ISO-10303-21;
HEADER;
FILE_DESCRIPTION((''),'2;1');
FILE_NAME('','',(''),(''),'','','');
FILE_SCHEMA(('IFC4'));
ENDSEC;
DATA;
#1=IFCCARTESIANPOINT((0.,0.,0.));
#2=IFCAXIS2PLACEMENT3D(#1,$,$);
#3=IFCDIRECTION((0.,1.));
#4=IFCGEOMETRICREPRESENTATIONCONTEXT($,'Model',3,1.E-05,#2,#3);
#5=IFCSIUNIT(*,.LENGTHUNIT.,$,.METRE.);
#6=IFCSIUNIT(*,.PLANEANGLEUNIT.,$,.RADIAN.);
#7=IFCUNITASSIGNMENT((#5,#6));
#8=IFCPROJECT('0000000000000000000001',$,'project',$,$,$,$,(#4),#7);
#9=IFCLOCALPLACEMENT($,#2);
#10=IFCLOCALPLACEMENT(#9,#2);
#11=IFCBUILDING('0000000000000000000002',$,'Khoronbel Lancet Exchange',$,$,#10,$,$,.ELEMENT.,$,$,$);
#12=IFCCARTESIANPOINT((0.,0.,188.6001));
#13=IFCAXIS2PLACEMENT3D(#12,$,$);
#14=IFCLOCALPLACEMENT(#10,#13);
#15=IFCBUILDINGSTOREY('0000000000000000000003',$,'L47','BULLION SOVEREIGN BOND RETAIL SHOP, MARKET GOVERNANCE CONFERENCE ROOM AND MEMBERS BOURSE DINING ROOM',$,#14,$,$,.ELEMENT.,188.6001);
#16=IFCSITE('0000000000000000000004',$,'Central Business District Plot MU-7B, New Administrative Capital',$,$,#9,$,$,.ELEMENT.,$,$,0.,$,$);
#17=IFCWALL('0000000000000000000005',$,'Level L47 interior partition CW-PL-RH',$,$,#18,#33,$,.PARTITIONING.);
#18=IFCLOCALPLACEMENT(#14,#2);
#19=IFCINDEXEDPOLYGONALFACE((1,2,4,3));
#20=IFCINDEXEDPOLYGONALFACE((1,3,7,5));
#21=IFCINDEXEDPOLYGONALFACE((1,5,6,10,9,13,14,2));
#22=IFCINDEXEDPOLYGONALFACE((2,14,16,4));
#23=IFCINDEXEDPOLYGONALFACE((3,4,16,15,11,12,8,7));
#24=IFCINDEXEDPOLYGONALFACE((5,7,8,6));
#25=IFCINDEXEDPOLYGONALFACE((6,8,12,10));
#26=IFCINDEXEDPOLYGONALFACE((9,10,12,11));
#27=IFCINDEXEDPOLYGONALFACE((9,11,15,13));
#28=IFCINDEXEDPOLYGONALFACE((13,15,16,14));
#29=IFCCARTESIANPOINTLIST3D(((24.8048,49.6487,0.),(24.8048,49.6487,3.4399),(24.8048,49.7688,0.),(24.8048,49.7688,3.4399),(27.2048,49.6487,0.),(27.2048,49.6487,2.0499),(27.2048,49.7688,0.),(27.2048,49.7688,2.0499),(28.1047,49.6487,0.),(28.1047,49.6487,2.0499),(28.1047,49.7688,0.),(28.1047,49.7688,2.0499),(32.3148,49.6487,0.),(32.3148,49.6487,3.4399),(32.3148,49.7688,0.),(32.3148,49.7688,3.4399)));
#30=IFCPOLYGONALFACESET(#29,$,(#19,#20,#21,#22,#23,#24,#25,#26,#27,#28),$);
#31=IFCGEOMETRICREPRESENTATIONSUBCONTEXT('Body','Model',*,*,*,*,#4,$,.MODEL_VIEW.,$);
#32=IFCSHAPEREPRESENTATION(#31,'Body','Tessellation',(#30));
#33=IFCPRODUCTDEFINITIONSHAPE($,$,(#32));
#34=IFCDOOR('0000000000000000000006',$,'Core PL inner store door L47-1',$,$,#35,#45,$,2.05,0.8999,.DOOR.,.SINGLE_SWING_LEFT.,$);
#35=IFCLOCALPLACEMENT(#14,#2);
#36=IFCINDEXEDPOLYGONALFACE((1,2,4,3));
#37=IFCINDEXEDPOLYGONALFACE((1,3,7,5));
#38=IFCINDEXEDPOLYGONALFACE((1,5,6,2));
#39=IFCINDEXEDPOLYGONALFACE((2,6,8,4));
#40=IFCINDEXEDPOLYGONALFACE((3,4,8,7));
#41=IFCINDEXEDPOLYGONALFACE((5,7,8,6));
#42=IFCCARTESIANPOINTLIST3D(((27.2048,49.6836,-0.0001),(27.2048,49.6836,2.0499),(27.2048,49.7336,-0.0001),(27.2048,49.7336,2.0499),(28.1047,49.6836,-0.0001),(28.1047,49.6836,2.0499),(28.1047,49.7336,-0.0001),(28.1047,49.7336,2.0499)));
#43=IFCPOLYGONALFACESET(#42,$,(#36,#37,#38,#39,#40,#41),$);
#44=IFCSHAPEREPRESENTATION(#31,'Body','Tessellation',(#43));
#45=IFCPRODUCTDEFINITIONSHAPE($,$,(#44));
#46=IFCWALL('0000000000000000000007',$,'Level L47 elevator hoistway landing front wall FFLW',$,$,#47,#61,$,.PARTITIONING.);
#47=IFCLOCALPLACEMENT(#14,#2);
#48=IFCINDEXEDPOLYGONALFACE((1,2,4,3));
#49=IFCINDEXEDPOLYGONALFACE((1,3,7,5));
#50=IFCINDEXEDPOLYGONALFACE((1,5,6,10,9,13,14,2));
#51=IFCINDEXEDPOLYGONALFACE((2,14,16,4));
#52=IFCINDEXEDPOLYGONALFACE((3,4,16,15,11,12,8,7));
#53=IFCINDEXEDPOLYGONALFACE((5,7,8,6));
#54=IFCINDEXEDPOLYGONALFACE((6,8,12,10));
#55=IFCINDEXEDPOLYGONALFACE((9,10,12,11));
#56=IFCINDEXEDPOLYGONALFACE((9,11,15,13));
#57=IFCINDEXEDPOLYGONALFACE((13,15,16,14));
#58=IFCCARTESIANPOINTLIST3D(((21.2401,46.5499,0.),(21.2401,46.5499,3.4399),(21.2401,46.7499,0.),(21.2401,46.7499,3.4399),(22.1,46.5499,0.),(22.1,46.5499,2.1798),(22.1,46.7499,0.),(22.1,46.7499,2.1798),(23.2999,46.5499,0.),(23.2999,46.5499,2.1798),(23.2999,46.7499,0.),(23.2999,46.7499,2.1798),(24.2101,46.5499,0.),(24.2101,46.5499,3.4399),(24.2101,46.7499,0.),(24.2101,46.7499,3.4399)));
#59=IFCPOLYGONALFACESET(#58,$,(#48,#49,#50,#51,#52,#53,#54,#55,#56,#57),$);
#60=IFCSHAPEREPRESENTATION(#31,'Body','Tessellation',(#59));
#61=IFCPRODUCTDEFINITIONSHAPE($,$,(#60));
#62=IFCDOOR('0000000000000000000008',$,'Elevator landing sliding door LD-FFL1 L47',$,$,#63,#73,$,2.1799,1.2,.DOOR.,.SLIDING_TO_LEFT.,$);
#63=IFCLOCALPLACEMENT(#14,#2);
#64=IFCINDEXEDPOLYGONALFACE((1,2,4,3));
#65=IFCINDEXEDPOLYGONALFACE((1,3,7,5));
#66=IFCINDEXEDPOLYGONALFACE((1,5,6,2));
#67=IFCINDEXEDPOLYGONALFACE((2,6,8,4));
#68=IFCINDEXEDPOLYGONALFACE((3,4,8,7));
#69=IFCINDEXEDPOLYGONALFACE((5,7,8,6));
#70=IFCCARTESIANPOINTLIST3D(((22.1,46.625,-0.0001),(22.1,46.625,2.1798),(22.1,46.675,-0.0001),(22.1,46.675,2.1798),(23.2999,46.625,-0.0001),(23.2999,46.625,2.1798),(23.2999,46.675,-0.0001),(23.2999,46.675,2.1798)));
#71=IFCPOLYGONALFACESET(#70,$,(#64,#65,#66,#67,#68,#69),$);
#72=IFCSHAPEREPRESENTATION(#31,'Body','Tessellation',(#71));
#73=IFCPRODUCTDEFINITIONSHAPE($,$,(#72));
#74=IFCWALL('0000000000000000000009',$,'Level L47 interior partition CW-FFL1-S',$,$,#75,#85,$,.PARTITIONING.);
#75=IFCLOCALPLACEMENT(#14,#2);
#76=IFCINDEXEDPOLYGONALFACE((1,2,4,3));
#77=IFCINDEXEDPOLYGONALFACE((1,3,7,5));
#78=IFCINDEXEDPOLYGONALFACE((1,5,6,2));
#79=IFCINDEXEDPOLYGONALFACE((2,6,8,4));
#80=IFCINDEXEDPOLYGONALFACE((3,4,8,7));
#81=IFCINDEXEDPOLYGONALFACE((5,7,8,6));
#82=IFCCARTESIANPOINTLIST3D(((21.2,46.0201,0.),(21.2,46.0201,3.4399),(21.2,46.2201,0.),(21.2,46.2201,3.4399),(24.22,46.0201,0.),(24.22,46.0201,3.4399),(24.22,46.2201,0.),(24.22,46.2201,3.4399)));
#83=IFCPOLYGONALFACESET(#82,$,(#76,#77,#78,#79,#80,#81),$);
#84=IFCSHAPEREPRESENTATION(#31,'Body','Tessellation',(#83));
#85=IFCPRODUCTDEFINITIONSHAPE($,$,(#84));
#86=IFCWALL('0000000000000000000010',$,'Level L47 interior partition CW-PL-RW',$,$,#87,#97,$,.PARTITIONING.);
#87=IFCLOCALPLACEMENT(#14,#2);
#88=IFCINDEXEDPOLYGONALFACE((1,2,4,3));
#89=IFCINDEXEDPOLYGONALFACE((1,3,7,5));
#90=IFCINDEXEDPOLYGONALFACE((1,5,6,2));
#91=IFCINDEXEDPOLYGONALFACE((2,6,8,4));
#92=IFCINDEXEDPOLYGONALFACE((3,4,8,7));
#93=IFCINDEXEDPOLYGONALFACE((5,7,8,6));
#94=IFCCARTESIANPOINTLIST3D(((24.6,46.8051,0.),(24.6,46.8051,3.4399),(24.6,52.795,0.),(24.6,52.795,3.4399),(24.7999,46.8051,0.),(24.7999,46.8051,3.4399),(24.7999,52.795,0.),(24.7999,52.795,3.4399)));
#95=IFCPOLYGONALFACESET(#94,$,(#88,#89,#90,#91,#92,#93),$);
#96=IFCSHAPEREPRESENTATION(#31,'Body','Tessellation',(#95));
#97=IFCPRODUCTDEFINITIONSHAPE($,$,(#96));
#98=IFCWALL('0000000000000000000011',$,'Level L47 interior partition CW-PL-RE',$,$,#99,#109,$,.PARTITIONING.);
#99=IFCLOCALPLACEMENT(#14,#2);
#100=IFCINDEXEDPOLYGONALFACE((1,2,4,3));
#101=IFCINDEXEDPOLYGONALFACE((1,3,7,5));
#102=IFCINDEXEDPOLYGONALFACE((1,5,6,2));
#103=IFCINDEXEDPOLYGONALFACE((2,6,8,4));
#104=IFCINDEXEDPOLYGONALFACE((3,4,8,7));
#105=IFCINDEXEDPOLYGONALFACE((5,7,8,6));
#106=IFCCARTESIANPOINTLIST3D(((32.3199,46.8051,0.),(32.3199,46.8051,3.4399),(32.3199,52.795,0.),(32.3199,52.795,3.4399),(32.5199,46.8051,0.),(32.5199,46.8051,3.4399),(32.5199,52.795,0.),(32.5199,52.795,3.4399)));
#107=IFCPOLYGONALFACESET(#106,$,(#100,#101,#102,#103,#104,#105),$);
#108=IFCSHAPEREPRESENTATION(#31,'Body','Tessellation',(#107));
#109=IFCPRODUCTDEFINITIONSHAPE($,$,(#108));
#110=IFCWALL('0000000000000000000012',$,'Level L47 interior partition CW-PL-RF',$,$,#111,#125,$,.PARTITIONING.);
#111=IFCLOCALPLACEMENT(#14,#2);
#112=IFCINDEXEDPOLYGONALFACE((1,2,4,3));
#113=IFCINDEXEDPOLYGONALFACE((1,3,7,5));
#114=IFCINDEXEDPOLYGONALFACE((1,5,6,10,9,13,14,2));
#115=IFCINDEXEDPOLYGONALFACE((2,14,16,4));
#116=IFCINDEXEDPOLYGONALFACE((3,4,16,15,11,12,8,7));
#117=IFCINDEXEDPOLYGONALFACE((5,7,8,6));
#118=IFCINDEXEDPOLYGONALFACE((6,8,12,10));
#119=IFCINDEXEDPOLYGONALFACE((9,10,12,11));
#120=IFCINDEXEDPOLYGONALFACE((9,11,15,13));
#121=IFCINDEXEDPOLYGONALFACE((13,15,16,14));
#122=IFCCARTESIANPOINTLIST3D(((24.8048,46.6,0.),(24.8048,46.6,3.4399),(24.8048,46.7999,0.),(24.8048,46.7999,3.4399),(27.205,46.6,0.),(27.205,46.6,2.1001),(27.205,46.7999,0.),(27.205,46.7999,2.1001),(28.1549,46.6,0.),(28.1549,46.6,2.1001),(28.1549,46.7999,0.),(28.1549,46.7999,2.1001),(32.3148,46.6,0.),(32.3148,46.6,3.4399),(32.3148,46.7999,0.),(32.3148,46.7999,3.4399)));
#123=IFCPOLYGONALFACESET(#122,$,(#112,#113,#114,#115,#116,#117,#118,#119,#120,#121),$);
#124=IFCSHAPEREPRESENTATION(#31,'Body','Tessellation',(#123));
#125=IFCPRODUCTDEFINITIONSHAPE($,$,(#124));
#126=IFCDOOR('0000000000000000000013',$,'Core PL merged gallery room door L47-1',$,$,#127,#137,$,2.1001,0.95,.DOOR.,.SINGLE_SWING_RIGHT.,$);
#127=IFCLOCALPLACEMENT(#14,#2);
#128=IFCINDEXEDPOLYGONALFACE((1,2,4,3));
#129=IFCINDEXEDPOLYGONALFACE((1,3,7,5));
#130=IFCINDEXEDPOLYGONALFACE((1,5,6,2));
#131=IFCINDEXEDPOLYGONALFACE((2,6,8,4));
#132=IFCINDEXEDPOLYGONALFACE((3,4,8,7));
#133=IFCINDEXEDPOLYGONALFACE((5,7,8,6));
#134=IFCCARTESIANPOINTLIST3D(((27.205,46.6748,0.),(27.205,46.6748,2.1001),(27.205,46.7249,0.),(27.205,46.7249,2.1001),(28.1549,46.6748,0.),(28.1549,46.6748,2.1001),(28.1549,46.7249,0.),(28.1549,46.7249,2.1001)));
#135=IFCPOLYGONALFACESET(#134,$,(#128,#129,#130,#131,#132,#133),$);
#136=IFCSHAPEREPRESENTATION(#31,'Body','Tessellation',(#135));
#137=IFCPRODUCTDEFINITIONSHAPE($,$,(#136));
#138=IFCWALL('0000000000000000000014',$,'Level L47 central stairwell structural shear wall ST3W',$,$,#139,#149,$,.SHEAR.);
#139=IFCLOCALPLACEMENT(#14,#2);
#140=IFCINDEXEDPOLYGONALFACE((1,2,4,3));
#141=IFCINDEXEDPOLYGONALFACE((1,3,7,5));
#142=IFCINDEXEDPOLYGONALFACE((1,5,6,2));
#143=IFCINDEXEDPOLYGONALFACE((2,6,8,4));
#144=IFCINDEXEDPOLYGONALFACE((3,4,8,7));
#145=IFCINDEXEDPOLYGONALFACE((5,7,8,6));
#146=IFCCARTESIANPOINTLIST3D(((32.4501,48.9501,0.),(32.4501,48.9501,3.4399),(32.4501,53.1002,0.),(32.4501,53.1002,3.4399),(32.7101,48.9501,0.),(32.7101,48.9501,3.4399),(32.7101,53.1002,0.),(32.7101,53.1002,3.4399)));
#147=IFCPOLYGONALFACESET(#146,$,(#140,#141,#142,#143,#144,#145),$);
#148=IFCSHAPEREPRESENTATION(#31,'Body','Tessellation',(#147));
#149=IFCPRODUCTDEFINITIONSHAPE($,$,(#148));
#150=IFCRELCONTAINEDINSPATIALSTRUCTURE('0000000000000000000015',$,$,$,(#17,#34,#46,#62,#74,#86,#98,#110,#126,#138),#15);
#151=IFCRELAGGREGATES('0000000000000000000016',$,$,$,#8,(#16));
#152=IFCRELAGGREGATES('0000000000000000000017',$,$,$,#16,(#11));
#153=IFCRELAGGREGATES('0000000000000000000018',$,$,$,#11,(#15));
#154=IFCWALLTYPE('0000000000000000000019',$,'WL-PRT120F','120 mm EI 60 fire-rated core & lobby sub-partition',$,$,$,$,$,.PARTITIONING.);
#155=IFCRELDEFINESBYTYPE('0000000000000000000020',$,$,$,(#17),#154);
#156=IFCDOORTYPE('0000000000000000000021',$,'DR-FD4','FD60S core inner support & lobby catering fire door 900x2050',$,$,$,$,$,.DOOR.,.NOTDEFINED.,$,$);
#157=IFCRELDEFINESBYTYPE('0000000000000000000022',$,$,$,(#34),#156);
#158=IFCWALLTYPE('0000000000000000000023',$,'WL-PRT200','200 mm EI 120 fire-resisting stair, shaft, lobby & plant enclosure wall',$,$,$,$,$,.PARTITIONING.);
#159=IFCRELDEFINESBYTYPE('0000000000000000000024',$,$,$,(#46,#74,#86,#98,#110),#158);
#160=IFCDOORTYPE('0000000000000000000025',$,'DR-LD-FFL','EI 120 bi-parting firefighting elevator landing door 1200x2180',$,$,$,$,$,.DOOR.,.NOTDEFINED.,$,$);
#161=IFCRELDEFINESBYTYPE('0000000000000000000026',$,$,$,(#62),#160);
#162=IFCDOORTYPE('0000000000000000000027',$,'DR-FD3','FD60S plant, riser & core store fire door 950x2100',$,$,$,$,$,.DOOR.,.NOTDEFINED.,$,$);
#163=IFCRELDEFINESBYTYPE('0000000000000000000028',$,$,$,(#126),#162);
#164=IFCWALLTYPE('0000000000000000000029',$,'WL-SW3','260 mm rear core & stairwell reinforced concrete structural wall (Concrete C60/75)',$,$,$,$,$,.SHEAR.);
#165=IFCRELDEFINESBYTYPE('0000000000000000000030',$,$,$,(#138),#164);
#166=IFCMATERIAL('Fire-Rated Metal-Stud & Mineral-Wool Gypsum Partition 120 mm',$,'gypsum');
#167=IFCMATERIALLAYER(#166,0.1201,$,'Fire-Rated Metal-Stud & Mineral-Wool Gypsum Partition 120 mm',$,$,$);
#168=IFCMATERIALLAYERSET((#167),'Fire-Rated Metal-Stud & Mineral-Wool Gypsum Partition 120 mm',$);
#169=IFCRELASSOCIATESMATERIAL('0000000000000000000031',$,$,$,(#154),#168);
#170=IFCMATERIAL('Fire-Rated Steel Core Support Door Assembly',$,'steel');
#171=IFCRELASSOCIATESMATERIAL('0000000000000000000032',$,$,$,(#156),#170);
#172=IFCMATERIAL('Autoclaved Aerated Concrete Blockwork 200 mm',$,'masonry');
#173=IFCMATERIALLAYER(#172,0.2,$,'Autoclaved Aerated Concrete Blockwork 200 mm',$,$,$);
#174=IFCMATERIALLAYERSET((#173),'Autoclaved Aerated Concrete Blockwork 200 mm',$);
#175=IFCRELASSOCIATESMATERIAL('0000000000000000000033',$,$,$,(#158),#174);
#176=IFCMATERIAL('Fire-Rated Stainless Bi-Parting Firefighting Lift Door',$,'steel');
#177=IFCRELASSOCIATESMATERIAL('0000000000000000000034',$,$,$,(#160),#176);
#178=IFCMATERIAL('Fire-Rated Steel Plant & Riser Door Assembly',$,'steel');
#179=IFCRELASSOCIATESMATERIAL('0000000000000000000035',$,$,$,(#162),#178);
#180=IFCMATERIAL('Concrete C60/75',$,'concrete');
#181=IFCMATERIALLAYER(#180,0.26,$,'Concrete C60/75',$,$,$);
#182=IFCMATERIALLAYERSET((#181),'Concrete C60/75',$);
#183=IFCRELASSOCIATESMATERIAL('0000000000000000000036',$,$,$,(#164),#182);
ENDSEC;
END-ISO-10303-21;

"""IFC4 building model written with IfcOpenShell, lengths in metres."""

from ifc_helpers import new_model, si_unit, direction, frame, frame_2d, origin, place, context, subcontext, project, spatial, rectangle, extrude, material, layer, layer_set, type_object, element, fill, save


model = new_model("IFC4")

# Units and contexts
model_context = context("Model", 3, precision=1e-05, world=origin(), true_north=direction((0.0, 1.0)))
body_context = subcontext(model_context, "Body", "Model", "MODEL_VIEW")
ifc_project = project(units=[si_unit("LENGTHUNIT", "METRE"), si_unit("PLANEANGLEUNIT", "RADIAN")], contexts=[model_context])

# Site, building, storey
site_placement = place(None, origin())
site = spatial("IfcSite", under=ifc_project, at=site_placement, Name="Central Business District Plot MU-7B, New Administrative Capital", CompositionType="ELEMENT", RefElevation=0.0)
building_placement = place(site_placement, origin())
building = spatial("IfcBuilding", under=site, at=building_placement, Name="Khoronbel Lancet Exchange", CompositionType="ELEMENT")
storey_placement = place(building_placement, frame((0.0, 0.0, 188.6001)))
storey = spatial("IfcBuildingStorey", under=building, at=storey_placement, Name="L47", Description="BULLION SOVEREIGN BOND RETAIL SHOP, MARKET GOVERNANCE CONFERENCE ROOM AND MEMBERS BOURSE DINING ROOM", CompositionType="ELEMENT", Elevation=188.6001)

# Shared definitions
ifc_material_1 = material(Name="Fire-Rated Metal-Stud & Mineral-Wool Gypsum Partition 120 mm", Category="gypsum")
ifc_layer_1 = layer(ifc_material_1, 0.1201, Name="Fire-Rated Metal-Stud & Mineral-Wool Gypsum Partition 120 mm")
ifc_layer_set_1 = layer_set([ifc_layer_1], Name="Fire-Rated Metal-Stud & Mineral-Wool Gypsum Partition 120 mm")
wall_type_1 = type_object("IfcWallType", Name="WL-PRT120F", Description="120 mm EI 60 fire-rated core & lobby sub-partition", PredefinedType="PARTITIONING", material=ifc_layer_set_1)

# Walls, openings, doors
wall_1_placement = place(storey_placement, frame((24.8049, 49.7087, 0.0), z_axis=(0.0, 0.0, 1.0), x_axis=(1.0, 0.0, 0.0)))
wall_1 = element("IfcWall", 1, at=wall_1_placement, inside=storey, type_object=wall_type_1, Name="Level L47 interior partition CW-PL-RH", PredefinedType="PARTITIONING", context=body_context, shape_type="SweptSolid", body=[
    extrude(rectangle(XDim=7.51, YDim=0.1201, at=frame_2d((3.7549, 0.0))), origin(), (0.0, 0.0, 1.0), 3.4399),
])
opening_1_placement = place(wall_1_placement, frame((2.3999, 0.0, 0.0)))
opening_1 = element("IfcOpeningElement", 2, at=opening_1_placement, cuts=wall_1, PredefinedType="OPENING", context=body_context, shape_type="SweptSolid", body=[
    extrude(rectangle(XDim=0.8999, YDim=2.05, at=frame_2d((0.45, 1.0249))), frame((0.0, 0.0701, 0.0), z_axis=(0.0, -1.0, 0.0), x_axis=(1.0, 0.0, 0.0)), (0.0, 0.0, 1.0), 0.1401),
])
ifc_material_2 = material(Name="Fire-Rated Steel Core Support Door Assembly", Category="steel")
door_type_1 = type_object("IfcDoorType", Name="DR-FD4", Description="FD60S core inner support & lobby catering fire door 900x2050", OperationType="NOTDEFINED", PredefinedType="DOOR", material=ifc_material_2)
door_1_placement = place(opening_1_placement, origin())
door_1 = element("IfcDoor", 3, at=door_1_placement, inside=storey, type_object=door_type_1, Name="Core PL inner store door L47-1", OperationType="SINGLE_SWING_LEFT", OverallHeight=2.05, OverallWidth=0.8999, PredefinedType="DOOR", context=body_context, shape_type="SweptSolid", body=[
    extrude(rectangle(XDim=0.8999, YDim=2.05, at=frame_2d((0.45, 1.0249))), frame((0.0, 0.0249, 0.0), z_axis=(0.0, -1.0, 0.0), x_axis=(1.0, 0.0, 0.0)), (0.0, 0.0, 1.0), 0.05),
])
fill(opening_1, door_1)
ifc_material_3 = material(Name="Autoclaved Aerated Concrete Blockwork 200 mm", Category="masonry")
ifc_layer_2 = layer(ifc_material_3, 0.2, Name="Autoclaved Aerated Concrete Blockwork 200 mm")
ifc_layer_set_2 = layer_set([ifc_layer_2], Name="Autoclaved Aerated Concrete Blockwork 200 mm")
wall_type_2 = type_object("IfcWallType", Name="WL-PRT200", Description="200 mm EI 120 fire-resisting stair, shaft, lobby & plant enclosure wall", PredefinedType="PARTITIONING", material=ifc_layer_set_2)
wall_2_placement = place(storey_placement, frame((24.21, 46.6499, 0.0), z_axis=(0.0, 0.0, 1.0), x_axis=(-1.0, 0.0, 0.0)))
wall_2 = element("IfcWall", 4, at=wall_2_placement, inside=storey, type_object=wall_type_2, Name="Level L47 elevator hoistway landing front wall FFLW", PredefinedType="PARTITIONING", context=body_context, shape_type="SweptSolid", body=[
    extrude(rectangle(XDim=2.97, YDim=0.2, at=frame_2d((1.4849, 0.0))), origin(), (0.0, 0.0, 1.0), 3.4399),
])
opening_2_placement = place(wall_2_placement, frame((0.9099, 0.0, 0.0)))
opening_2 = element("IfcOpeningElement", 5, at=opening_2_placement, cuts=wall_2, PredefinedType="OPENING", context=body_context, shape_type="SweptSolid", body=[
    extrude(rectangle(XDim=1.2, YDim=2.1799, at=frame_2d((0.6001, 1.0898))), frame((0.0, 0.1099, 0.0), z_axis=(0.0, -1.0, 0.0), x_axis=(1.0, 0.0, 0.0)), (0.0, 0.0, 1.0), 0.22),
])
ifc_material_4 = material(Name="Fire-Rated Stainless Bi-Parting Firefighting Lift Door", Category="steel")
door_type_2 = type_object("IfcDoorType", Name="DR-LD-FFL", Description="EI 120 bi-parting firefighting elevator landing door 1200x2180", OperationType="NOTDEFINED", PredefinedType="DOOR", material=ifc_material_4)
door_2_placement = place(opening_2_placement, origin())
door_2 = element("IfcDoor", 6, at=door_2_placement, inside=storey, type_object=door_type_2, Name="Elevator landing sliding door LD-FFL1 L47", OperationType="SLIDING_TO_LEFT", OverallHeight=2.1799, OverallWidth=1.2, PredefinedType="DOOR", context=body_context, shape_type="SweptSolid", body=[
    extrude(rectangle(XDim=1.2, YDim=2.1799, at=frame_2d((0.6001, 1.0898))), frame((0.0, 0.0249, 0.0), z_axis=(0.0, -1.0, 0.0), x_axis=(1.0, 0.0, 0.0)), (0.0, 0.0, 1.0), 0.05),
])
fill(opening_2, door_2)

# Walls
wall_3_placement = place(storey_placement, frame((21.2, 46.1201, 0.0), z_axis=(0.0, 0.0, 1.0), x_axis=(1.0, 0.0, 0.0)))
element("IfcWall", 7, at=wall_3_placement, inside=storey, type_object=wall_type_2, Name="Level L47 interior partition CW-FFL1-S", PredefinedType="PARTITIONING", context=body_context, shape_type="SweptSolid", body=[
    extrude(rectangle(XDim=3.02, YDim=0.2, at=frame_2d((1.51, 0.0))), origin(), (0.0, 0.0, 1.0), 3.4399),
])
for number, where, z_axis, x_axis, name in (
    (8, (24.7, 46.8049, 0.0), (0.0, 0.0, 1.0), (0.0, 1.0, 0.0), "Level L47 interior partition CW-PL-RW"),
    (9, (32.4199, 46.8049, 0.0), (0.0, 0.0, 1.0), (0.0, 1.0, 0.0), "Level L47 interior partition CW-PL-RE"),
):
    element("IfcWall", number, at=place(storey_placement, frame(where, z_axis=z_axis, x_axis=x_axis)), inside=storey, type_object=wall_type_2, Name=name, PredefinedType="PARTITIONING", context=body_context, shape_type="SweptSolid", body=[
        extrude(rectangle(XDim=5.99, YDim=0.2, at=frame_2d((2.9951, 0.0))), origin(), (0.0, 0.0, 1.0), 3.4399),
    ])

# Wall, opening, door
wall_4_placement = place(storey_placement, frame((24.8049, 46.7, 0.0), z_axis=(0.0, 0.0, 1.0), x_axis=(1.0, 0.0, 0.0)))
wall_4 = element("IfcWall", 10, at=wall_4_placement, inside=storey, type_object=wall_type_2, Name="Level L47 interior partition CW-PL-RF", PredefinedType="PARTITIONING", context=body_context, shape_type="SweptSolid", body=[
    extrude(rectangle(XDim=7.51, YDim=0.2, at=frame_2d((3.7549, 0.0))), origin(), (0.0, 0.0, 1.0), 3.4399),
])
opening_3_placement = place(wall_4_placement, frame((2.3999, 0.0, 0.0)))
opening_3 = element("IfcOpeningElement", 11, at=opening_3_placement, cuts=wall_4, PredefinedType="OPENING", context=body_context, shape_type="SweptSolid", body=[
    extrude(rectangle(XDim=0.95, YDim=2.1001, at=frame_2d((0.4751, 1.05))), frame((0.0, 0.1099, 0.0), z_axis=(0.0, -1.0, 0.0), x_axis=(1.0, 0.0, 0.0)), (0.0, 0.0, 1.0), 0.22),
])
ifc_material_5 = material(Name="Fire-Rated Steel Plant & Riser Door Assembly", Category="steel")
door_type_3 = type_object("IfcDoorType", Name="DR-FD3", Description="FD60S plant, riser & core store fire door 950x2100", OperationType="NOTDEFINED", PredefinedType="DOOR", material=ifc_material_5)
door_3_placement = place(opening_3_placement, origin())
door_3 = element("IfcDoor", 12, at=door_3_placement, inside=storey, type_object=door_type_3, Name="Core PL merged gallery room door L47-1", OperationType="SINGLE_SWING_RIGHT", OverallHeight=2.1001, OverallWidth=0.95, PredefinedType="DOOR", context=body_context, shape_type="SweptSolid", body=[
    extrude(rectangle(XDim=0.95, YDim=2.1001, at=frame_2d((0.4751, 1.05))), frame((0.0, 0.0249, 0.0), z_axis=(0.0, -1.0, 0.0), x_axis=(1.0, 0.0, 0.0)), (0.0, 0.0, 1.0), 0.05),
])
fill(opening_3, door_3)

# Wall
ifc_material_6 = material(Name="Concrete C60/75", Category="concrete")
ifc_layer_3 = layer(ifc_material_6, 0.26, Name="Concrete C60/75")
ifc_layer_set_3 = layer_set([ifc_layer_3], Name="Concrete C60/75")
wall_type_3 = type_object("IfcWallType", Name="WL-SW3", Description="260 mm rear core & stairwell reinforced concrete structural wall (Concrete C60/75)", PredefinedType="SHEAR", material=ifc_layer_set_3)
wall_5_placement = place(storey_placement, frame((32.5801, 48.95, 0.0), z_axis=(0.0, 0.0, 1.0), x_axis=(0.0, 1.0, 0.0)))
element("IfcWall", 13, at=wall_5_placement, inside=storey, type_object=wall_type_3, Name="Level L47 central stairwell structural shear wall ST3W", PredefinedType="SHEAR", context=body_context, shape_type="SweptSolid", body=[
    extrude(rectangle(XDim=4.1501, YDim=0.26, at=frame_2d((2.0752, 0.0))), origin(), (0.0, 0.0, 1.0), 3.4399),
])

save(model, "model.ifc")
